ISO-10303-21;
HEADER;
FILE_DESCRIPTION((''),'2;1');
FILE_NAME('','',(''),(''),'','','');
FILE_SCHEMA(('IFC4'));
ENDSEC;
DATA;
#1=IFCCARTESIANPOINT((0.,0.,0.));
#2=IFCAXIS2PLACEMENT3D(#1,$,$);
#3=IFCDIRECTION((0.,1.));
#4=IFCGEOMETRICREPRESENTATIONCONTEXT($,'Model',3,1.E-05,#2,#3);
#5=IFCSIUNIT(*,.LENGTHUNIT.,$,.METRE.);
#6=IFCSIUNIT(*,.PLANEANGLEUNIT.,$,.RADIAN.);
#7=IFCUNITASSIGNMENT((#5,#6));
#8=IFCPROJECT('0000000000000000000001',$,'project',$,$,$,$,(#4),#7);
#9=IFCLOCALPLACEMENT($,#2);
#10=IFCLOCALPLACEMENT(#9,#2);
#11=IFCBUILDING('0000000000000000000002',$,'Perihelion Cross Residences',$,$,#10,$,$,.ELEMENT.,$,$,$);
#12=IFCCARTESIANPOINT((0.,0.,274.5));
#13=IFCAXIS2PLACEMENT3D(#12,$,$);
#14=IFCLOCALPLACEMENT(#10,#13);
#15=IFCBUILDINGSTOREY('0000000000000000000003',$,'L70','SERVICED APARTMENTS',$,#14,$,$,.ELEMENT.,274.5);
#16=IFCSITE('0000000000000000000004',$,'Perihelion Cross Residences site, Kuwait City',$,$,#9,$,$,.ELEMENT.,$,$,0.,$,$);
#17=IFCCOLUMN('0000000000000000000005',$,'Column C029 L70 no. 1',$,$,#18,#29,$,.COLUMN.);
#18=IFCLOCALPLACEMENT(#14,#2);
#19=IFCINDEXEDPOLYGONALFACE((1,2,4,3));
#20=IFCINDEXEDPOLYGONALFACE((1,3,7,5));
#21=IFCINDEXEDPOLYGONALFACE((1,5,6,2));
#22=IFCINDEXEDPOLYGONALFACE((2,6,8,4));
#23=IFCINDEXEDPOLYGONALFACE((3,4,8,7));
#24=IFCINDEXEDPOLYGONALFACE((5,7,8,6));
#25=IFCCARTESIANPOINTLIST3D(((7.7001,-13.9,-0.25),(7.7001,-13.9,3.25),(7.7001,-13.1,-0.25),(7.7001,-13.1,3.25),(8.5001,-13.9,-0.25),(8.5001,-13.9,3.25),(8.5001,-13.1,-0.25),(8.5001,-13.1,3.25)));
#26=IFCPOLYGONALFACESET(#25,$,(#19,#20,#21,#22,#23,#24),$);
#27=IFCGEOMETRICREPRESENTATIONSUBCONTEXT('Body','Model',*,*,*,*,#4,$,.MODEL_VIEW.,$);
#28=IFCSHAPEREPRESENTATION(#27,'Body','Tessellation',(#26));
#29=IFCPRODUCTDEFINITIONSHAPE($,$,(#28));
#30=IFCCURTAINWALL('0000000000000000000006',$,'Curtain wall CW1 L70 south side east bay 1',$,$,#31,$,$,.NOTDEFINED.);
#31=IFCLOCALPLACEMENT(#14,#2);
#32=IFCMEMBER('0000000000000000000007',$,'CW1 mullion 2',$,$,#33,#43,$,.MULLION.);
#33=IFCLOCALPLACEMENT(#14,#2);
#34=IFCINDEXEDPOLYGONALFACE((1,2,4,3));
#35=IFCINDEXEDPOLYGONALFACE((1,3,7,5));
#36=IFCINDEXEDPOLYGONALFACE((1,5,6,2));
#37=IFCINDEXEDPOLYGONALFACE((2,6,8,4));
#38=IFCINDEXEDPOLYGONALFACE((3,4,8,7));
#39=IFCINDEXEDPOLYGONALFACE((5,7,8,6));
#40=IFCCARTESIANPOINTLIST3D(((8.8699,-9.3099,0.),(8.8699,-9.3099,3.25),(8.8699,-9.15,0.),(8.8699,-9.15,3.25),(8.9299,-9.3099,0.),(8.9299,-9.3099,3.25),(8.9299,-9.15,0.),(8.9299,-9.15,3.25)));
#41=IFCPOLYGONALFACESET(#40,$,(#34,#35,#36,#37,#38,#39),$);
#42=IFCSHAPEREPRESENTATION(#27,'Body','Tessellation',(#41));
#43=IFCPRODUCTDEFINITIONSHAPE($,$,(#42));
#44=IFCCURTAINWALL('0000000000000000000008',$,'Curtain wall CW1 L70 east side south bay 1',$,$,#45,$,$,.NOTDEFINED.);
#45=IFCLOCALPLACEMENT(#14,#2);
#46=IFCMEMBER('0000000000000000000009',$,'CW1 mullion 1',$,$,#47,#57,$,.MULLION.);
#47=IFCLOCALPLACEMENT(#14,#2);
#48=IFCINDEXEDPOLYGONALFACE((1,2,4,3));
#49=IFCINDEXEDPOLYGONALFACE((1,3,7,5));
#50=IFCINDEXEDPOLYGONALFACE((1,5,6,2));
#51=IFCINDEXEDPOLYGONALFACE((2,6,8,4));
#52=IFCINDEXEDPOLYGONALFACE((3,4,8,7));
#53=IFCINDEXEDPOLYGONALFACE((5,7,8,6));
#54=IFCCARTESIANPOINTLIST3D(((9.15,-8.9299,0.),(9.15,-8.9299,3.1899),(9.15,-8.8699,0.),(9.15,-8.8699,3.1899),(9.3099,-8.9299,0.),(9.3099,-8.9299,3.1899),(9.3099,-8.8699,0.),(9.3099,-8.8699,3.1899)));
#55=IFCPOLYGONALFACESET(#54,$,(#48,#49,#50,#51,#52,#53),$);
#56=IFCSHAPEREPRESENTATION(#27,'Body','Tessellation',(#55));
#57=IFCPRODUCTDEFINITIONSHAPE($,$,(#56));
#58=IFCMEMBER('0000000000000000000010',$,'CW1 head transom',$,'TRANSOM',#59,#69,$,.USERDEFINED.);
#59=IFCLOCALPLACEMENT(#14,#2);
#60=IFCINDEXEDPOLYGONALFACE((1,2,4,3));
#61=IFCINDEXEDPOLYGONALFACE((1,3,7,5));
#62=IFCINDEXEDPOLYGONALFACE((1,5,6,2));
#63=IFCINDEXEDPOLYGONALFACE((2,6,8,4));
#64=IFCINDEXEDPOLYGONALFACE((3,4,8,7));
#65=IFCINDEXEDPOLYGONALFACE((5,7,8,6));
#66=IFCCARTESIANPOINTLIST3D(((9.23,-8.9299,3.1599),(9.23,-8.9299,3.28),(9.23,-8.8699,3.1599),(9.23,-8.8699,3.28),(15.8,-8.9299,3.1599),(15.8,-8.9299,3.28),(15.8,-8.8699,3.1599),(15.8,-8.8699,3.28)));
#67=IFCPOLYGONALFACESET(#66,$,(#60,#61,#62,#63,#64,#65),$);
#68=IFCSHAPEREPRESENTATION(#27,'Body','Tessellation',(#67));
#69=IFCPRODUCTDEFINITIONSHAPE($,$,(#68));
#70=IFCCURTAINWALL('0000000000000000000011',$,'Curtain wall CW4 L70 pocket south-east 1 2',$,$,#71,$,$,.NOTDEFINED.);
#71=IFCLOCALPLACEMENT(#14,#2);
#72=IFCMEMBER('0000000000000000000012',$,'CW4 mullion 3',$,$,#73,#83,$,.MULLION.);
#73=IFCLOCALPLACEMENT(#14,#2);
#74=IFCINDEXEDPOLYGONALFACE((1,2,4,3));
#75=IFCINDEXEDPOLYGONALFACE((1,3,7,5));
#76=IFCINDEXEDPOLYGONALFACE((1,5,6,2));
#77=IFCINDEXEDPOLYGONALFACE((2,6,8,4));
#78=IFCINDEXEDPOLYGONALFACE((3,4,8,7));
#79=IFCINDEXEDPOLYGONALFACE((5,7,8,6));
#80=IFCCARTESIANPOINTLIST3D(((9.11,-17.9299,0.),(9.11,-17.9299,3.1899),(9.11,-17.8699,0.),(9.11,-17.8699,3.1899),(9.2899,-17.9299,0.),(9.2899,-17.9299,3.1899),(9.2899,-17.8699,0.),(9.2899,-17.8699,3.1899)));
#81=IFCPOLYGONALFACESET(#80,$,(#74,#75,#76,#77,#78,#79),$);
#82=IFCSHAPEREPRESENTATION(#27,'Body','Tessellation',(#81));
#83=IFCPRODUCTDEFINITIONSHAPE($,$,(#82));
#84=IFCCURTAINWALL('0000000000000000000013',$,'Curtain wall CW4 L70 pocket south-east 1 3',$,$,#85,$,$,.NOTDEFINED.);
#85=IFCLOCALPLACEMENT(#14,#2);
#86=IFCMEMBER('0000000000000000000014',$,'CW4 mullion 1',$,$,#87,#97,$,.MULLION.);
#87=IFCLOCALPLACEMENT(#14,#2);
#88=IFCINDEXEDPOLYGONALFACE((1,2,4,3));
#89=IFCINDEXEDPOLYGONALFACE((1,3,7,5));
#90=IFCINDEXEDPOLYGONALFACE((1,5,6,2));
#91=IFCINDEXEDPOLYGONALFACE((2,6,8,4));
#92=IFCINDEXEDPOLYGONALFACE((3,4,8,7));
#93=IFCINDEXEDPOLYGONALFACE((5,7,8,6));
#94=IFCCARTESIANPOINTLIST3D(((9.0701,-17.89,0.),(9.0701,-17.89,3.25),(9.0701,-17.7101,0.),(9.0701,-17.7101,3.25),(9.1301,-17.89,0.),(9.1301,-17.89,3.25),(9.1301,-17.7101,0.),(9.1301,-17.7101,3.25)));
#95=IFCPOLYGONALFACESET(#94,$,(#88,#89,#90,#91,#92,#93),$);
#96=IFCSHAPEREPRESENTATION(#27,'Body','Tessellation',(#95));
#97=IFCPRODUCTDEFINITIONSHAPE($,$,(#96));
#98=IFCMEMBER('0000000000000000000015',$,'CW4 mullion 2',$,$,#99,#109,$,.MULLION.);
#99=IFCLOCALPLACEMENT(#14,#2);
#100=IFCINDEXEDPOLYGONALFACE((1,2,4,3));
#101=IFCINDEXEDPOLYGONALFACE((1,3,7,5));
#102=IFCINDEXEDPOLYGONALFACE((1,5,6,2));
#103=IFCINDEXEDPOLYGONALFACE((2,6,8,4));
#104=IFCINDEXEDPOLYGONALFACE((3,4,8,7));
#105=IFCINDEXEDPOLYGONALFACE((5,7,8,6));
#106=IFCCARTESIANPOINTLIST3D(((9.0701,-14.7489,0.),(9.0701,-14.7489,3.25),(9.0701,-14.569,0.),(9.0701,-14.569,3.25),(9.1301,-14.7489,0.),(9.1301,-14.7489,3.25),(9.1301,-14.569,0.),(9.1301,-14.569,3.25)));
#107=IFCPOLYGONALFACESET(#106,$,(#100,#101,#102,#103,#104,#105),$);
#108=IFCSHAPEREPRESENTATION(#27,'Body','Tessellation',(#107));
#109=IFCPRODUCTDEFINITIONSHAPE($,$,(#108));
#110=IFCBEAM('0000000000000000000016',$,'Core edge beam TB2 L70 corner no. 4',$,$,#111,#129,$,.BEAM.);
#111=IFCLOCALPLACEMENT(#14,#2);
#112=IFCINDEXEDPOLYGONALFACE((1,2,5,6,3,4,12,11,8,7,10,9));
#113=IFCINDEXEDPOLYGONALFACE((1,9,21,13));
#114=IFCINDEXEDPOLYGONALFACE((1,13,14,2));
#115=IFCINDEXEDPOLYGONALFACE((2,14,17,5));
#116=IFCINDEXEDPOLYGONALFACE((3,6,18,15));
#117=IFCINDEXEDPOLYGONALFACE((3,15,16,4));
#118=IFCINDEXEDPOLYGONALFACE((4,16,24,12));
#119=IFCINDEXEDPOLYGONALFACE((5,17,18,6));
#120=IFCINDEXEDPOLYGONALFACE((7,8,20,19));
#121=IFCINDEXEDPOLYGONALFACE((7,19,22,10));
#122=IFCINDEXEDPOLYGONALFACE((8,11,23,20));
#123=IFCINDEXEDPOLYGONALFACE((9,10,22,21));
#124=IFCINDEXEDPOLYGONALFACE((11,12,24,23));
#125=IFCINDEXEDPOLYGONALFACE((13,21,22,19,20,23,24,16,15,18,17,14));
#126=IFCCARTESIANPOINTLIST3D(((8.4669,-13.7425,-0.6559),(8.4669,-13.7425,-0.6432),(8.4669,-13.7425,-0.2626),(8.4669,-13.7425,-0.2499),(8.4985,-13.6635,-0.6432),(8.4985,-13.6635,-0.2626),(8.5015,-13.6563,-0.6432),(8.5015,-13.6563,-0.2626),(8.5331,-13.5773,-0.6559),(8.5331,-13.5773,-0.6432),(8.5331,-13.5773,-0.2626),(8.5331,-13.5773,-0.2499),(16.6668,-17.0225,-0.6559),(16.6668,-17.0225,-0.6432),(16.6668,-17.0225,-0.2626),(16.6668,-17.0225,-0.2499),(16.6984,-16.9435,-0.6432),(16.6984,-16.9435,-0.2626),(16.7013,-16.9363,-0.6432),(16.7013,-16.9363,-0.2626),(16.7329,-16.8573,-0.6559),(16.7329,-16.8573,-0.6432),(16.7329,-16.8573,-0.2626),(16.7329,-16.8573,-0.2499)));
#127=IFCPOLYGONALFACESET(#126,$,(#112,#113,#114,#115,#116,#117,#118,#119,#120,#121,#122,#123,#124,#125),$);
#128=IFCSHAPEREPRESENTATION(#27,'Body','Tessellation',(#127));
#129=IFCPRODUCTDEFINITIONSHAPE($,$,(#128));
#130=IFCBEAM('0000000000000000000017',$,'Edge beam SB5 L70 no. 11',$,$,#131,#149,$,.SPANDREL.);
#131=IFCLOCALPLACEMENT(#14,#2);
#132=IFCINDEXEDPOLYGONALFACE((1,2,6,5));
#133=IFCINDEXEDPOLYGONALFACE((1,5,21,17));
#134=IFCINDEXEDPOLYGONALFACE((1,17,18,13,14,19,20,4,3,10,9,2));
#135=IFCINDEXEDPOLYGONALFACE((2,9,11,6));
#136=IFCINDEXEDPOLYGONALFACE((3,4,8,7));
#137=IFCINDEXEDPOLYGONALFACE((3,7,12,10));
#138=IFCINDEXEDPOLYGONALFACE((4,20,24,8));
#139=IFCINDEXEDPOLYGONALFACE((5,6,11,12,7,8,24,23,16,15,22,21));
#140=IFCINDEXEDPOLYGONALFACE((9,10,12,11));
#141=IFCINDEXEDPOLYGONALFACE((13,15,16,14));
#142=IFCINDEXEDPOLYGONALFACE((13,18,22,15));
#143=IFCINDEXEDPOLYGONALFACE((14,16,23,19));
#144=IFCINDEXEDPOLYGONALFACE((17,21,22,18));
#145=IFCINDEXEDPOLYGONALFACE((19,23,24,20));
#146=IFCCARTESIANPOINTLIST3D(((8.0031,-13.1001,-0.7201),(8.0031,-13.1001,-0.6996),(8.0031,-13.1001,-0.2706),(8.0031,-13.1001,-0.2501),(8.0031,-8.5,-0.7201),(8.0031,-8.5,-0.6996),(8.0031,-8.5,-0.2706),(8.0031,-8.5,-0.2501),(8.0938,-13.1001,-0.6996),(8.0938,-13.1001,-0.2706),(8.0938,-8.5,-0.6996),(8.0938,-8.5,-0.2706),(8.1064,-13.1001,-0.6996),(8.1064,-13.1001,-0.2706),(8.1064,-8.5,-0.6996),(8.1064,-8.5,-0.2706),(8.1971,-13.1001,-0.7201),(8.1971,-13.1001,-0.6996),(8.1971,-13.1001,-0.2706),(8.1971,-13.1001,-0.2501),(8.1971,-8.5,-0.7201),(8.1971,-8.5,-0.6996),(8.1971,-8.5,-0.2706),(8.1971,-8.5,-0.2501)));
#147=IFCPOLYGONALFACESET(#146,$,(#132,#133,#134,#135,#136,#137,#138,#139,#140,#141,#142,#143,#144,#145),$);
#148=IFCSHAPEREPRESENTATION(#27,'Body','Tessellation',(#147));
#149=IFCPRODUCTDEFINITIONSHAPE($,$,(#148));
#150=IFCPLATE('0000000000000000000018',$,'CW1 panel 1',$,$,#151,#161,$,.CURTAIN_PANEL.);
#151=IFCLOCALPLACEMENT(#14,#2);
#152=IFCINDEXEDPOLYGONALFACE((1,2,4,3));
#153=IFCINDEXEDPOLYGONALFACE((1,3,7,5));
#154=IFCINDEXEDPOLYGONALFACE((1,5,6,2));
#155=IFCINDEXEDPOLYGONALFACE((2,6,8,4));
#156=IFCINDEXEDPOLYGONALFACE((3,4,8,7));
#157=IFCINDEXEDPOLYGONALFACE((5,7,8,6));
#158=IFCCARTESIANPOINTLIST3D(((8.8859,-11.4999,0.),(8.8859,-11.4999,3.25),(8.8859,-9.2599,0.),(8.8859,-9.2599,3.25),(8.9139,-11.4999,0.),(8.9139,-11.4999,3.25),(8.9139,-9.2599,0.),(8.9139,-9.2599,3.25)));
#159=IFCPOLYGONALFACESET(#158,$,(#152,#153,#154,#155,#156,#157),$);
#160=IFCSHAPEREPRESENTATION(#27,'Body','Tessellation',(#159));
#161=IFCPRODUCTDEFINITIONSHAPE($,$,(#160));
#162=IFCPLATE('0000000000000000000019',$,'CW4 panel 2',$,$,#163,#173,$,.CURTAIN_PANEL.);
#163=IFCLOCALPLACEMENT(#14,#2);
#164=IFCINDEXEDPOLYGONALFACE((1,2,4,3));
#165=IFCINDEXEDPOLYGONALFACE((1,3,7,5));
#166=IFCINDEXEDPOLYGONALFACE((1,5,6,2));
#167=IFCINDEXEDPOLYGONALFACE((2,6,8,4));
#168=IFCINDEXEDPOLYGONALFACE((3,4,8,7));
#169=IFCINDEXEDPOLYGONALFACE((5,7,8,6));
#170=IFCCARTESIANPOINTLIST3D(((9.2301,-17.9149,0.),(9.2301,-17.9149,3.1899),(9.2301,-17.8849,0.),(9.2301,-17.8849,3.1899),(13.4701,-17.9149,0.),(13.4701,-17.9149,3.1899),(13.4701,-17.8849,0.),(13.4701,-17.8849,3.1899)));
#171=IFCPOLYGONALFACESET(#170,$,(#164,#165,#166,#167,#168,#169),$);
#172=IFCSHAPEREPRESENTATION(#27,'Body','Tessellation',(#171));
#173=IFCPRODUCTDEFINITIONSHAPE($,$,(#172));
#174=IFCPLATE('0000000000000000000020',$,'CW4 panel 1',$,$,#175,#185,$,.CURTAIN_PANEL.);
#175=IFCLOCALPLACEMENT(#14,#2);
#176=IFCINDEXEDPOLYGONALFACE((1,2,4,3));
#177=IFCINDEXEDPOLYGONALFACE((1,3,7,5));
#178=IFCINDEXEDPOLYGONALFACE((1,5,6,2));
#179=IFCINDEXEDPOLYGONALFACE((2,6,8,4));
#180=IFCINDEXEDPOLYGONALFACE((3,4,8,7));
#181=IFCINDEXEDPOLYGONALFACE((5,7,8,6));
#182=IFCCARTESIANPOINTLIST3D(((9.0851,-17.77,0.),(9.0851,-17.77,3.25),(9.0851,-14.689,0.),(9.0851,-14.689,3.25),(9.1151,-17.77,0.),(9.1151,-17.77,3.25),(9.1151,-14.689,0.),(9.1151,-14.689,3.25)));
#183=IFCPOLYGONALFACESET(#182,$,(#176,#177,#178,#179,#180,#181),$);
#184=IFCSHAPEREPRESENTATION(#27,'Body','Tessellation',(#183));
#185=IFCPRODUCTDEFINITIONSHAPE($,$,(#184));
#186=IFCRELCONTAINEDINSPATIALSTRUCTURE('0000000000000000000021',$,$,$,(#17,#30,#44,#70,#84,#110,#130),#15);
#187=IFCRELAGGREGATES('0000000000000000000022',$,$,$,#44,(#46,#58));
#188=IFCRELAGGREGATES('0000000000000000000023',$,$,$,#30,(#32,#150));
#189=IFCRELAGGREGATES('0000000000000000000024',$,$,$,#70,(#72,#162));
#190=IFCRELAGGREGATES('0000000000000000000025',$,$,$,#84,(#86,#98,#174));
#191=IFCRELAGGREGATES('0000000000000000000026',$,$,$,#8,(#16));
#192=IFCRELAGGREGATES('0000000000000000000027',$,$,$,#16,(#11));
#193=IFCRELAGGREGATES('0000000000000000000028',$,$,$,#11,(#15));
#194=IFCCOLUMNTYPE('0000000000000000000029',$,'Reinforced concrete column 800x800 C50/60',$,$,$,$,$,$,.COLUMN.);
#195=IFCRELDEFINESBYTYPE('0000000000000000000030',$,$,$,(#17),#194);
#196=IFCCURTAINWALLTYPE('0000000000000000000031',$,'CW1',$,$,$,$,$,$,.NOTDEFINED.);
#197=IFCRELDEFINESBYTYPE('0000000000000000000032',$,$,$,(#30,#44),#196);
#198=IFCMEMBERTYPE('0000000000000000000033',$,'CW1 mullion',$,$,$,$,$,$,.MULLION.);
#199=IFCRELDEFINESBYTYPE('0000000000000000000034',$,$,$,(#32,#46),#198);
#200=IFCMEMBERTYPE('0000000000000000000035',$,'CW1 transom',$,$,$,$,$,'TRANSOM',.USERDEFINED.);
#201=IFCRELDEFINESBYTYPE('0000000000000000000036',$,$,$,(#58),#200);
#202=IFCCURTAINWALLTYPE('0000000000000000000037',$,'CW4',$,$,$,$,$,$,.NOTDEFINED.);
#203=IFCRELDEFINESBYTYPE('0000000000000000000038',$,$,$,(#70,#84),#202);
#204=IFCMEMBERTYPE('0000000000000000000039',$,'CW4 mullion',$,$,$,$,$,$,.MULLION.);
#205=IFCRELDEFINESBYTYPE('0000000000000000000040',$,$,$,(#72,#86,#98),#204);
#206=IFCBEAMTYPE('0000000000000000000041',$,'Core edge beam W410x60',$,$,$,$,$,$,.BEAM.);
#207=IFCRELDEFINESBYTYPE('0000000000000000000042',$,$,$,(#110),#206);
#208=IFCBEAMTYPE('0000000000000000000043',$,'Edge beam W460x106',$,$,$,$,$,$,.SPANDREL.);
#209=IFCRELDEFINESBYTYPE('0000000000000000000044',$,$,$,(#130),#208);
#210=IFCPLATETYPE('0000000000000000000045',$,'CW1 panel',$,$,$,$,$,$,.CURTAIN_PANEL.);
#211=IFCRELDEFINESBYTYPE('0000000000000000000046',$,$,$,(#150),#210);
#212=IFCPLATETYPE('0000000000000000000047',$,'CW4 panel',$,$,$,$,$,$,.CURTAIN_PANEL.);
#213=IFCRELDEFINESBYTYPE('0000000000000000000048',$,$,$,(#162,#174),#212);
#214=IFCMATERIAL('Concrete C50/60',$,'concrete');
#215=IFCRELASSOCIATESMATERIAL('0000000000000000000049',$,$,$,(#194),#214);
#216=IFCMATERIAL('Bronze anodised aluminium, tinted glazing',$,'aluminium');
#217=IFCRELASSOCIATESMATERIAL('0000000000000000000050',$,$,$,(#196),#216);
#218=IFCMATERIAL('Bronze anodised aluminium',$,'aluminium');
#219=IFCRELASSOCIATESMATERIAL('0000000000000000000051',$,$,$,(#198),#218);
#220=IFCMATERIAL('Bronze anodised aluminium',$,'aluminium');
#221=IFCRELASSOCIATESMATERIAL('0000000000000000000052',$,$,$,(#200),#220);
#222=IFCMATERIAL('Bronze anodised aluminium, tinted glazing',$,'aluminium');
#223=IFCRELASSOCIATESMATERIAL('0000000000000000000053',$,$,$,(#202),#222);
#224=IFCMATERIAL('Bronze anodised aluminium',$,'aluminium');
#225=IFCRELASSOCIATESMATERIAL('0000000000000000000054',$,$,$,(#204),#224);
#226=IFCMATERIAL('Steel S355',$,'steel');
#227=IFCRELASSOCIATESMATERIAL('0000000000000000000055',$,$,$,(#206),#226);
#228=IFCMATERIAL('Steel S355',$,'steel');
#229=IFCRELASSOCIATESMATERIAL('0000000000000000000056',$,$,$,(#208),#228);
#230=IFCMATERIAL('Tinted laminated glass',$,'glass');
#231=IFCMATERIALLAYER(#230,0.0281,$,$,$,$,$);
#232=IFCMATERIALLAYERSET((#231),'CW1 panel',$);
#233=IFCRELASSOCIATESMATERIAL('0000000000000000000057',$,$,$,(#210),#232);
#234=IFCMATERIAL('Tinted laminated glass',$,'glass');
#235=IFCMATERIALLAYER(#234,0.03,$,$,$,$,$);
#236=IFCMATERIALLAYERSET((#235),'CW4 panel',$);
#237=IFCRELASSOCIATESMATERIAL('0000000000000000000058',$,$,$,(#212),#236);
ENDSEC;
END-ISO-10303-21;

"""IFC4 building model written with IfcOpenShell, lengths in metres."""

from ifc_helpers import new_model, si_unit, direction, frame, origin, origin_2d, place, context, subcontext, project, spatial, rectangle, i_section, extrude, material, layer, layer_set, material_profile, profile_set, type_object, element, aggregate, save


model = new_model("IFC4")

# Units and contexts
model_context = context("Model", 3, precision=1e-05, world=origin(), true_north=direction((0.0, 1.0)))
body_context = subcontext(model_context, "Body", "Model", "MODEL_VIEW")
ifc_project = project(units=[si_unit("LENGTHUNIT", "METRE"), si_unit("PLANEANGLEUNIT", "RADIAN")], contexts=[model_context])

# Site, building, storey
site_placement = place(None, origin())
site = spatial("IfcSite", under=ifc_project, at=site_placement, Name="Perihelion Cross Residences site, Kuwait City", CompositionType="ELEMENT", RefElevation=0.0)
building_placement = place(site_placement, origin())
building = spatial("IfcBuilding", under=site, at=building_placement, Name="Perihelion Cross Residences", CompositionType="ELEMENT")
storey_placement = place(building_placement, frame((0.0, 0.0, 274.5)))
storey = spatial("IfcBuildingStorey", under=building, at=storey_placement, Name="L70", Description="SERVICED APARTMENTS", CompositionType="ELEMENT", Elevation=274.5)

# Column
ifc_material_1 = material(Name="Concrete C50/60", Category="concrete")
ifc_material_profile_1 = material_profile(ifc_material_1, rectangle(XDim=0.8, YDim=0.8, at=origin_2d()), Name="RC 800x800")
ifc_profile_set_1 = profile_set([ifc_material_profile_1], Name="Concrete C50/60")
column_type = type_object("IfcColumnType", Name="Reinforced concrete column 800x800 C50/60", PredefinedType="COLUMN", material=ifc_profile_set_1)
column_placement = place(storey_placement, frame((8.1001, -13.5, -0.25), z_axis=(0.0, 0.0, 1.0), x_axis=(1.0, 0.0, 0.0)))
element("IfcColumn", 1, at=column_placement, inside=storey, type_object=column_type, Name="Column C029 L70 no. 1", PredefinedType="COLUMN", context=body_context, shape_type="SweptSolid", body=[
    extrude(rectangle(XDim=0.8, YDim=0.8, at=origin_2d()), origin(), (0.0, 0.0, 1.0), 3.5),
])

# Curtain wall, member
ifc_material_2 = material(Name="Bronze anodised aluminium, tinted glazing", Category="aluminium")
curtain_wall_type_1 = type_object("IfcCurtainWallType", Name="CW1", PredefinedType="NOTDEFINED", material=ifc_material_2)
curtain_wall_1_placement = place(storey_placement, origin())
curtain_wall_1 = element("IfcCurtainWall", 2, at=curtain_wall_1_placement, inside=storey, type_object=curtain_wall_type_1, Name="Curtain wall CW1 L70 south side east bay 1", PredefinedType="NOTDEFINED")
ifc_material_3 = material(Name="Bronze anodised aluminium", Category="aluminium")
ifc_material_profile_2 = material_profile(ifc_material_3, rectangle(XDim=0.0601, YDim=0.1599, at=origin_2d()), Name="CW1 mullion")
ifc_profile_set_2 = profile_set([ifc_material_profile_2], Name="Bronze anodised aluminium")
member_type_1 = type_object("IfcMemberType", Name="CW1 mullion", PredefinedType="MULLION", material=ifc_profile_set_2)
member_1_placement = place(storey_placement, frame((8.8999, -9.23, 0.0), z_axis=(0.0, 0.0, 1.0), x_axis=(-1.0, 0.0, 0.0)))
member_1 = element("IfcMember", 3, at=member_1_placement, type_object=member_type_1, Name="CW1 mullion 2", PredefinedType="MULLION", context=body_context, shape_type="SweptSolid", body=[
    extrude(rectangle(XDim=0.0601, YDim=0.1599, at=origin_2d()), origin(), (0.0, 0.0, 1.0), 3.25),
])

# Curtain wall, members
curtain_wall_2_placement = place(storey_placement, origin())
curtain_wall_2 = element("IfcCurtainWall", 4, at=curtain_wall_2_placement, inside=storey, type_object=curtain_wall_type_1, Name="Curtain wall CW1 L70 east side south bay 1", PredefinedType="NOTDEFINED")
member_2_placement = place(storey_placement, frame((9.23, -8.8999, 0.0), z_axis=(0.0, 0.0, 1.0), x_axis=(0.0, 1.0, 0.0)))
member_2 = element("IfcMember", 5, at=member_2_placement, type_object=member_type_1, Name="CW1 mullion 1", PredefinedType="MULLION", context=body_context, shape_type="SweptSolid", body=[
    extrude(rectangle(XDim=0.0601, YDim=0.1599, at=origin_2d()), origin(), (0.0, 0.0, 1.0), 3.1899),
])
ifc_material_4 = material(Name="Bronze anodised aluminium", Category="aluminium")
ifc_material_profile_3 = material_profile(ifc_material_4, rectangle(XDim=0.0601, YDim=0.1201, at=origin_2d()), Name="CW1 transom")
ifc_profile_set_3 = profile_set([ifc_material_profile_3], Name="Bronze anodised aluminium")
member_type_2 = type_object("IfcMemberType", Name="CW1 transom", ElementType="TRANSOM", PredefinedType="USERDEFINED", material=ifc_profile_set_3)
member_3_placement = place(storey_placement, frame((9.23, -8.8999, 3.22), z_axis=(1.0, 0.0, 0.0), x_axis=(0.0, 1.0, 0.0)))
member_3 = element("IfcMember", 6, at=member_3_placement, type_object=member_type_2, Name="CW1 head transom", ObjectType="TRANSOM", PredefinedType="USERDEFINED", context=body_context, shape_type="SweptSolid", body=[
    extrude(rectangle(XDim=0.0601, YDim=0.1201, at=origin_2d()), origin(), (0.0, 0.0, 1.0), 6.5701),
])
aggregate(curtain_wall_2, [member_2, member_3])

# Curtain wall, member
ifc_material_5 = material(Name="Bronze anodised aluminium, tinted glazing", Category="aluminium")
curtain_wall_type_2 = type_object("IfcCurtainWallType", Name="CW4", PredefinedType="NOTDEFINED", material=ifc_material_5)
curtain_wall_3_placement = place(storey_placement, origin())
curtain_wall_3 = element("IfcCurtainWall", 7, at=curtain_wall_3_placement, inside=storey, type_object=curtain_wall_type_2, Name="Curtain wall CW4 L70 pocket south-east 1 2", PredefinedType="NOTDEFINED")
ifc_material_6 = material(Name="Bronze anodised aluminium", Category="aluminium")
ifc_material_profile_4 = material_profile(ifc_material_6, rectangle(XDim=0.0601, YDim=0.1799, at=origin_2d()), Name="CW4 mullion")
ifc_profile_set_4 = profile_set([ifc_material_profile_4], Name="Bronze anodised aluminium")
member_type_3 = type_object("IfcMemberType", Name="CW4 mullion", PredefinedType="MULLION", material=ifc_profile_set_4)
member_4_placement = place(storey_placement, frame((9.2, -17.8999, 0.0), z_axis=(0.0, 0.0, 1.0), x_axis=(0.0, -1.0, 0.0)))
member_4 = element("IfcMember", 8, at=member_4_placement, type_object=member_type_3, Name="CW4 mullion 3", PredefinedType="MULLION", context=body_context, shape_type="SweptSolid", body=[
    extrude(rectangle(XDim=0.0601, YDim=0.1799, at=origin_2d()), origin(), (0.0, 0.0, 1.0), 3.1899),
])

# Curtain wall, members
curtain_wall_4_placement = place(storey_placement, origin())
curtain_wall_4 = element("IfcCurtainWall", 9, at=curtain_wall_4_placement, inside=storey, type_object=curtain_wall_type_2, Name="Curtain wall CW4 L70 pocket south-east 1 3", PredefinedType="NOTDEFINED")
member_5_placement = place(storey_placement, frame((9.1001, -17.8, 0.0), z_axis=(0.0, 0.0, 1.0), x_axis=(-1.0, 0.0, 0.0)))
member_5 = element("IfcMember", 10, at=member_5_placement, type_object=member_type_3, Name="CW4 mullion 1", PredefinedType="MULLION", context=body_context, shape_type="SweptSolid", body=[
    extrude(rectangle(XDim=0.0601, YDim=0.1799, at=origin_2d()), origin(), (0.0, 0.0, 1.0), 3.25),
])
member_6_placement = place(storey_placement, frame((9.1001, -14.6589, 0.0), z_axis=(0.0, 0.0, 1.0), x_axis=(-1.0, 0.0, 0.0)))
member_6 = element("IfcMember", 11, at=member_6_placement, type_object=member_type_3, Name="CW4 mullion 2", PredefinedType="MULLION", context=body_context, shape_type="SweptSolid", body=[
    extrude(rectangle(XDim=0.0601, YDim=0.1799, at=origin_2d()), origin(), (0.0, 0.0, 1.0), 3.25),
])

# Beams
ifc_material_7 = material(Name="Steel S355", Category="steel")
ifc_material_profile_5 = material_profile(ifc_material_7, i_section(OverallWidth=0.178, OverallDepth=0.406, WebThickness=0.0078, FlangeThickness=0.0127, at=origin_2d()), Name="W410x60")
ifc_profile_set_5 = profile_set([ifc_material_profile_5], Name="Steel S355")
beam_type_1 = type_object("IfcBeamType", Name="Core edge beam W410x60", PredefinedType="BEAM", material=ifc_profile_set_5)
beam_1_placement = place(storey_placement, frame((8.5, -13.6599, -0.4529), z_axis=(0.928475, -0.371395, 0.0), x_axis=(0.371395, 0.928475, 0.0)))
element("IfcBeam", 12, at=beam_1_placement, inside=storey, type_object=beam_type_1, Name="Core edge beam TB2 L70 corner no. 4", PredefinedType="BEAM", context=body_context, shape_type="SweptSolid", body=[
    extrude(i_section(OverallWidth=0.178, OverallDepth=0.406, WebThickness=0.0078, FlangeThickness=0.0127, at=origin_2d()), origin(), (0.0, 0.0, 1.0), 8.8315),
])
ifc_material_8 = material(Name="Steel S355", Category="steel")
ifc_material_profile_6 = material_profile(ifc_material_8, i_section(OverallWidth=0.1941, OverallDepth=0.47, WebThickness=0.0127, FlangeThickness=0.0205, at=origin_2d()), Name="W460x106")
ifc_profile_set_6 = profile_set([ifc_material_profile_6], Name="Steel S355")
beam_type_2 = type_object("IfcBeamType", Name="Edge beam W460x106", PredefinedType="SPANDREL", material=ifc_profile_set_6)
beam_2_placement = place(storey_placement, frame((8.1001, -13.1001, -0.4851), z_axis=(0.0, 1.0, 0.0), x_axis=(-1.0, 0.0, 0.0)))
element("IfcBeam", 13, at=beam_2_placement, inside=storey, type_object=beam_type_2, Name="Edge beam SB5 L70 no. 11", PredefinedType="SPANDREL", context=body_context, shape_type="SweptSolid", body=[
    extrude(i_section(OverallWidth=0.1941, OverallDepth=0.47, WebThickness=0.0127, FlangeThickness=0.0205, at=origin_2d()), origin(), (0.0, 0.0, 1.0), 4.6001),
])

# Plates
ifc_material_9 = material(Name="Tinted laminated glass", Category="glass")
ifc_layer_1 = layer(ifc_material_9, 0.0281)
ifc_layer_set_1 = layer_set([ifc_layer_1], Name="CW1 panel")
plate_type_1 = type_object("IfcPlateType", Name="CW1 panel", PredefinedType="CURTAIN_PANEL", material=ifc_layer_set_1)
plate_1_placement = place(storey_placement, frame((8.8999, -10.3799, 0.0), z_axis=(0.0, 0.0, 1.0), x_axis=(0.0, 1.0, 0.0)))
plate_1 = element("IfcPlate", 14, at=plate_1_placement, type_object=plate_type_1, Name="CW1 panel 1", PredefinedType="CURTAIN_PANEL", context=body_context, shape_type="SweptSolid", body=[
    extrude(rectangle(XDim=2.24, YDim=0.0281, at=origin_2d()), origin(), (0.0, 0.0, 1.0), 3.25),
])
aggregate(curtain_wall_1, [member_1, plate_1])
ifc_material_10 = material(Name="Tinted laminated glass", Category="glass")
ifc_layer_2 = layer(ifc_material_10, 0.03)
ifc_layer_set_2 = layer_set([ifc_layer_2], Name="CW4 panel")
plate_type_2 = type_object("IfcPlateType", Name="CW4 panel", PredefinedType="CURTAIN_PANEL", material=ifc_layer_set_2)
plate_2_placement = place(storey_placement, frame((11.3501, -17.8999, 0.0), z_axis=(0.0, 0.0, 1.0), x_axis=(-1.0, 0.0, 0.0)))
plate_2 = element("IfcPlate", 15, at=plate_2_placement, type_object=plate_type_2, Name="CW4 panel 2", PredefinedType="CURTAIN_PANEL", context=body_context, shape_type="SweptSolid", body=[
    extrude(rectangle(XDim=4.24, YDim=0.03, at=origin_2d()), origin(), (0.0, 0.0, 1.0), 3.1899),
])
aggregate(curtain_wall_3, [member_4, plate_2])
plate_3_placement = place(storey_placement, frame((9.1001, -16.2295, 0.0), z_axis=(0.0, 0.0, 1.0), x_axis=(0.0, 1.0, 0.0)))
plate_3 = element("IfcPlate", 16, at=plate_3_placement, type_object=plate_type_2, Name="CW4 panel 1", PredefinedType="CURTAIN_PANEL", context=body_context, shape_type="SweptSolid", body=[
    extrude(rectangle(XDim=3.0811, YDim=0.03, at=origin_2d()), origin(), (0.0, 0.0, 1.0), 3.25),
])
aggregate(curtain_wall_4, [member_5, member_6, plate_3])

save(model, "model.ifc")
